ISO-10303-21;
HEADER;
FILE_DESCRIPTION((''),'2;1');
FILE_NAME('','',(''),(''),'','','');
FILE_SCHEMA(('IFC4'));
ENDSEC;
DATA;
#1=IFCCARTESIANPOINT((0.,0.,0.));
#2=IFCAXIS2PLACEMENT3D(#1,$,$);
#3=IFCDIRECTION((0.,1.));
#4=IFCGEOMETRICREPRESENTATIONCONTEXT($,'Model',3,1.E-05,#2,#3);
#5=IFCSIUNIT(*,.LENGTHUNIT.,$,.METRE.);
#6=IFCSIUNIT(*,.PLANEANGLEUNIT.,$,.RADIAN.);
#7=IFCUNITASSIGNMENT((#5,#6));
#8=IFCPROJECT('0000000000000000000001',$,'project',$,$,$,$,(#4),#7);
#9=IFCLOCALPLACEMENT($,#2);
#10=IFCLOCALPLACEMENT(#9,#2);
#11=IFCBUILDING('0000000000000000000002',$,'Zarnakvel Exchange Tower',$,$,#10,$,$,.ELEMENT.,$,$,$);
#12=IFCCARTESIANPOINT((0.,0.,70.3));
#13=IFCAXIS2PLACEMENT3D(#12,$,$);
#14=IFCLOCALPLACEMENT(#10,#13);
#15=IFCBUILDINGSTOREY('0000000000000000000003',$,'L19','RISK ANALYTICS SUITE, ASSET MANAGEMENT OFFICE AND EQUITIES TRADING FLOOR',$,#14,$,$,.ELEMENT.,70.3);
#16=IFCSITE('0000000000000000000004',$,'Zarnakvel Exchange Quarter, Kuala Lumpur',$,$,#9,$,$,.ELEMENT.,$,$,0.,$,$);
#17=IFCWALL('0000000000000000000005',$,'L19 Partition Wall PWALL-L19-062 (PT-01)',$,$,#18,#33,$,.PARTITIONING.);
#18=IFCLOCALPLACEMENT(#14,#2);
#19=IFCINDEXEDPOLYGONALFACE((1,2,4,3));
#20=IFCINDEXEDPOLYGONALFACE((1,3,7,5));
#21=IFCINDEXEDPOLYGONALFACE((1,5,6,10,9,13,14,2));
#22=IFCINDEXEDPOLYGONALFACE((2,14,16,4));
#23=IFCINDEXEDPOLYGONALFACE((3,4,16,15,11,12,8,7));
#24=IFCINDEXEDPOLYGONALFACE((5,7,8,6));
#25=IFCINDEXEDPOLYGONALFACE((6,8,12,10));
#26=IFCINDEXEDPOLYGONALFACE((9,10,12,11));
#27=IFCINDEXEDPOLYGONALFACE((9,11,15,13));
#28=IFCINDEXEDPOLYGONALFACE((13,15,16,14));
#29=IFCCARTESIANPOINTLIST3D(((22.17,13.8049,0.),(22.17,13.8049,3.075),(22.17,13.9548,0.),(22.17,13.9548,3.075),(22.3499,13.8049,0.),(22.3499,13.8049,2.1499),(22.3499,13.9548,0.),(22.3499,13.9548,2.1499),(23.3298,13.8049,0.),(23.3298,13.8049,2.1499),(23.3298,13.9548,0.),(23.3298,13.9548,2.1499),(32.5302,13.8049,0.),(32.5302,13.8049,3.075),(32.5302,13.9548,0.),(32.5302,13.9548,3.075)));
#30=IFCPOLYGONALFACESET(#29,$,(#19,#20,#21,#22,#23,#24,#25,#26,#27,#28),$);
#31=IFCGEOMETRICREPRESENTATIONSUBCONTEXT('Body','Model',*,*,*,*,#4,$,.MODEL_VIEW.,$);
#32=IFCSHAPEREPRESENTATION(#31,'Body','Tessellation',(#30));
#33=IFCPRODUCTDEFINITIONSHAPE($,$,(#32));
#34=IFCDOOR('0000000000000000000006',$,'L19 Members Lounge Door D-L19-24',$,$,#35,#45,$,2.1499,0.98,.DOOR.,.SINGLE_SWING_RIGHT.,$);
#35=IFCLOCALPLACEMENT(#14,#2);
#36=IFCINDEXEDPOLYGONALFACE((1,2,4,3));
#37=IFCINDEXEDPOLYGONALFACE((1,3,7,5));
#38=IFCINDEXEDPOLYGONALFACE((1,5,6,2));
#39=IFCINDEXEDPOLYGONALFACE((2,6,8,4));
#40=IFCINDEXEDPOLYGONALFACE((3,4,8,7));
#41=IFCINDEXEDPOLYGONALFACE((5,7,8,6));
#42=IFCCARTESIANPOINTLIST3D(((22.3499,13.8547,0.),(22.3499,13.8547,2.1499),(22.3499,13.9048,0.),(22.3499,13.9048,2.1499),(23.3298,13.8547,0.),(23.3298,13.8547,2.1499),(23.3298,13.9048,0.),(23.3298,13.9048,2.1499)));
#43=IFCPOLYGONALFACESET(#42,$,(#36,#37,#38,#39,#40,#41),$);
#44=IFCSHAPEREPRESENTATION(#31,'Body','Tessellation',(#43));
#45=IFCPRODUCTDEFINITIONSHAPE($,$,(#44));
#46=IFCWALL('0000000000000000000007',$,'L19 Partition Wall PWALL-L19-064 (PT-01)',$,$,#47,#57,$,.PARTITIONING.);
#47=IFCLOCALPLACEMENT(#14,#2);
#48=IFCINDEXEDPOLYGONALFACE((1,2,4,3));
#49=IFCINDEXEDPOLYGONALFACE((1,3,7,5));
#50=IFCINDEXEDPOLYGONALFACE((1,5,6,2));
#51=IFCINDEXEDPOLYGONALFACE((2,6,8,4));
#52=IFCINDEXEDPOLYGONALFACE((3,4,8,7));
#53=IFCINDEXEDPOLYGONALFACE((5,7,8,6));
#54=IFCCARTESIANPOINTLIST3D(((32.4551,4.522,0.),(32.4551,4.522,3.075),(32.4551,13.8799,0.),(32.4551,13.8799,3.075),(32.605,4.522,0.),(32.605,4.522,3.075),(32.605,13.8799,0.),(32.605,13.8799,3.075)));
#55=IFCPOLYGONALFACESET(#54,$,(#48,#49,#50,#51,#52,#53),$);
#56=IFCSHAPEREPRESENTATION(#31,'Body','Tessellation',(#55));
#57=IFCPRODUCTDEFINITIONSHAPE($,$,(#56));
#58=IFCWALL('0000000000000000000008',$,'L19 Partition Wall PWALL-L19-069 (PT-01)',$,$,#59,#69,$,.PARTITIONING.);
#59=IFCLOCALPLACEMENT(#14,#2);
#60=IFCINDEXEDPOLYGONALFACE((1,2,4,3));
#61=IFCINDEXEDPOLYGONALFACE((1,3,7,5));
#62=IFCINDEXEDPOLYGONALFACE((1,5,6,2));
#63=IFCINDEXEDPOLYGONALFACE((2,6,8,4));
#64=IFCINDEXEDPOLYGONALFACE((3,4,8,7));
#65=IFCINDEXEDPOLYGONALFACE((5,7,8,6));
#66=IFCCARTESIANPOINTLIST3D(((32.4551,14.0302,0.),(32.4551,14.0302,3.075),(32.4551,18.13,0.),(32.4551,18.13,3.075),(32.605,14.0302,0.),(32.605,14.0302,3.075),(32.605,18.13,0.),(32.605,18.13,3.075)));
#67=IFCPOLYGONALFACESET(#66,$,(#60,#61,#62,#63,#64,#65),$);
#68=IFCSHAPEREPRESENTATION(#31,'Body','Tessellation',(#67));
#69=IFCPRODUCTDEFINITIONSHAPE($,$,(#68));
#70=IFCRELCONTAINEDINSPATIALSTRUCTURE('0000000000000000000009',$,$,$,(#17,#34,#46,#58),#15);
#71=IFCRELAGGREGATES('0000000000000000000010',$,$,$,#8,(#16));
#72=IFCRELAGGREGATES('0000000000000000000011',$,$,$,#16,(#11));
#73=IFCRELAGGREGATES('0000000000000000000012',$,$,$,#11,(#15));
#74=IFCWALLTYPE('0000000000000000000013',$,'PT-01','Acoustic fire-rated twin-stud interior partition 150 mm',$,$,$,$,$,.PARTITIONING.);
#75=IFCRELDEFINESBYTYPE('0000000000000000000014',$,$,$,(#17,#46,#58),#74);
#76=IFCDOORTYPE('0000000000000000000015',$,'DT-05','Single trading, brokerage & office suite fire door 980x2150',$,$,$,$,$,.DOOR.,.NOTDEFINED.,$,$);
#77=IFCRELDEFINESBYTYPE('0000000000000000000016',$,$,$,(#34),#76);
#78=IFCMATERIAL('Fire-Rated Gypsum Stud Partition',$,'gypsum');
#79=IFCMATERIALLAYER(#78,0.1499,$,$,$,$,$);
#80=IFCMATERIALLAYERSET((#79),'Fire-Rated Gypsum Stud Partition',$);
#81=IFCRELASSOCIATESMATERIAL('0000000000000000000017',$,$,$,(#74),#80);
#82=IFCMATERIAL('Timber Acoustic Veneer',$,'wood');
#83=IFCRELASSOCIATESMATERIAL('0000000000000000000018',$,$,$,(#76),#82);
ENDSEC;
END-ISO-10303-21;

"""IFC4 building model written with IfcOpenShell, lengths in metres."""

from ifc_helpers import new_model, si_unit, direction, frame, frame_2d, origin, place, context, subcontext, project, spatial, rectangle, extrude, source, transform, mapped, material, layer, layer_set, type_object, element, fill, save


model = new_model("IFC4")

# Units and contexts
model_context = context("Model", 3, precision=1e-05, world=origin(), true_north=direction((0.0, 1.0)))
body_context = subcontext(model_context, "Body", "Model", "MODEL_VIEW")
ifc_project = project(units=[si_unit("LENGTHUNIT", "METRE"), si_unit("PLANEANGLEUNIT", "RADIAN")], contexts=[model_context])

# Site, building, storey
site_placement = place(None, origin())
site = spatial("IfcSite", under=ifc_project, at=site_placement, Name="Zarnakvel Exchange Quarter, Kuala Lumpur", CompositionType="ELEMENT", RefElevation=0.0)
building_placement = place(site_placement, origin())
building = spatial("IfcBuilding", under=site, at=building_placement, Name="Zarnakvel Exchange Tower", CompositionType="ELEMENT")
storey_placement = place(building_placement, frame((0.0, 0.0, 70.3)))
storey = spatial("IfcBuildingStorey", under=building, at=storey_placement, Name="L19", Description="RISK ANALYTICS SUITE, ASSET MANAGEMENT OFFICE AND EQUITIES TRADING FLOOR", CompositionType="ELEMENT", Elevation=70.3)

# Shared definitions
ifc_material_1 = material(Name="Fire-Rated Gypsum Stud Partition", Category="gypsum")
ifc_layer_1 = layer(ifc_material_1, 0.1499)
ifc_layer_set_1 = layer_set([ifc_layer_1], Name="Fire-Rated Gypsum Stud Partition")
wall_type_1 = type_object("IfcWallType", Name="PT-01", Description="Acoustic fire-rated twin-stud interior partition 150 mm", PredefinedType="PARTITIONING", material=ifc_layer_set_1)

# Wall, opening, door
wall_1_placement = place(storey_placement, frame((22.1699, 13.8799, 0.0), z_axis=(0.0, 0.0, 1.0), x_axis=(1.0, 0.0, 0.0)))
wall_1 = element("IfcWall", 1, at=wall_1_placement, inside=storey, type_object=wall_type_1, Name="L19 Partition Wall PWALL-L19-062 (PT-01)", PredefinedType="PARTITIONING", context=body_context, shape_type="SweptSolid", body=[
    extrude(rectangle(XDim=10.3601, YDim=0.1499, at=frame_2d((5.1802, 0.0))), origin(), (0.0, 0.0, 1.0), 3.075),
])
opening_placement = place(wall_1_placement, frame((0.1799, 0.0, 0.0)))
opening = element("IfcOpeningElement", 2, at=opening_placement, cuts=wall_1, PredefinedType="OPENING", context=body_context, shape_type="SweptSolid", body=[
    extrude(rectangle(XDim=0.98, YDim=2.1499, at=frame_2d((0.49, 1.075))), frame((0.0, 0.085, 0.0), z_axis=(0.0, -1.0, 0.0), x_axis=(1.0, 0.0, 0.0)), (0.0, 0.0, 1.0), 0.1699),
])
ifc_material_2 = material(Name="Timber Acoustic Veneer", Category="wood")
door_type = type_object("IfcDoorType", Name="DT-05", Description="Single trading, brokerage & office suite fire door 980x2150", OperationType="NOTDEFINED", PredefinedType="DOOR", material=ifc_material_2)
shared_shape_1 = source(origin(), body_context, "Body", "SweptSolid", [
    extrude(rectangle(XDim=0.98, YDim=2.1499, at=frame_2d((0.49, 1.075))), frame((0.0, 0.0249, 0.0), z_axis=(0.0, -1.0, 0.0), x_axis=(1.0, 0.0, 0.0)), (0.0, 0.0, 1.0), 0.05),
])
door_placement = place(opening_placement, origin())
door = element("IfcDoor", 3, at=door_placement, inside=storey, type_object=door_type, Name="L19 Members Lounge Door D-L19-24", OperationType="SINGLE_SWING_RIGHT", OverallHeight=2.1499, OverallWidth=0.98, PredefinedType="DOOR", context=body_context, shape_type="MappedRepresentation", body=[
    mapped(shared_shape_1, transform((0.0, 0.0, 0.0), x_axis=(1.0, 0.0, 0.0), y_axis=(0.0, 1.0, 0.0), z_axis=(0.0, 0.0, 1.0), scale=1.0)),
])
fill(opening, door)

# Walls
wall_2_placement = place(storey_placement, frame((32.53, 13.8799, 0.0), z_axis=(0.0, 0.0, 1.0), x_axis=(0.0, -1.0, 0.0)))
element("IfcWall", 4, at=wall_2_placement, inside=storey, type_object=wall_type_1, Name="L19 Partition Wall PWALL-L19-064 (PT-01)", PredefinedType="PARTITIONING", context=body_context, shape_type="SweptSolid", body=[
    extrude(rectangle(XDim=9.3579, YDim=0.1499, at=frame_2d((4.679, 0.0))), origin(), (0.0, 0.0, 1.0), 3.075),
])
wall_3_placement = place(storey_placement, frame((32.53, 18.1299, 0.0), z_axis=(0.0, 0.0, 1.0), x_axis=(0.0, -1.0, 0.0)))
element("IfcWall", 5, at=wall_3_placement, inside=storey, type_object=wall_type_1, Name="L19 Partition Wall PWALL-L19-069 (PT-01)", PredefinedType="PARTITIONING", context=body_context, shape_type="SweptSolid", body=[
    extrude(rectangle(XDim=4.0999, YDim=0.1499, at=frame_2d((2.0498, 0.0))), origin(), (0.0, 0.0, 1.0), 3.075),
])

save(model, "model.ifc")
